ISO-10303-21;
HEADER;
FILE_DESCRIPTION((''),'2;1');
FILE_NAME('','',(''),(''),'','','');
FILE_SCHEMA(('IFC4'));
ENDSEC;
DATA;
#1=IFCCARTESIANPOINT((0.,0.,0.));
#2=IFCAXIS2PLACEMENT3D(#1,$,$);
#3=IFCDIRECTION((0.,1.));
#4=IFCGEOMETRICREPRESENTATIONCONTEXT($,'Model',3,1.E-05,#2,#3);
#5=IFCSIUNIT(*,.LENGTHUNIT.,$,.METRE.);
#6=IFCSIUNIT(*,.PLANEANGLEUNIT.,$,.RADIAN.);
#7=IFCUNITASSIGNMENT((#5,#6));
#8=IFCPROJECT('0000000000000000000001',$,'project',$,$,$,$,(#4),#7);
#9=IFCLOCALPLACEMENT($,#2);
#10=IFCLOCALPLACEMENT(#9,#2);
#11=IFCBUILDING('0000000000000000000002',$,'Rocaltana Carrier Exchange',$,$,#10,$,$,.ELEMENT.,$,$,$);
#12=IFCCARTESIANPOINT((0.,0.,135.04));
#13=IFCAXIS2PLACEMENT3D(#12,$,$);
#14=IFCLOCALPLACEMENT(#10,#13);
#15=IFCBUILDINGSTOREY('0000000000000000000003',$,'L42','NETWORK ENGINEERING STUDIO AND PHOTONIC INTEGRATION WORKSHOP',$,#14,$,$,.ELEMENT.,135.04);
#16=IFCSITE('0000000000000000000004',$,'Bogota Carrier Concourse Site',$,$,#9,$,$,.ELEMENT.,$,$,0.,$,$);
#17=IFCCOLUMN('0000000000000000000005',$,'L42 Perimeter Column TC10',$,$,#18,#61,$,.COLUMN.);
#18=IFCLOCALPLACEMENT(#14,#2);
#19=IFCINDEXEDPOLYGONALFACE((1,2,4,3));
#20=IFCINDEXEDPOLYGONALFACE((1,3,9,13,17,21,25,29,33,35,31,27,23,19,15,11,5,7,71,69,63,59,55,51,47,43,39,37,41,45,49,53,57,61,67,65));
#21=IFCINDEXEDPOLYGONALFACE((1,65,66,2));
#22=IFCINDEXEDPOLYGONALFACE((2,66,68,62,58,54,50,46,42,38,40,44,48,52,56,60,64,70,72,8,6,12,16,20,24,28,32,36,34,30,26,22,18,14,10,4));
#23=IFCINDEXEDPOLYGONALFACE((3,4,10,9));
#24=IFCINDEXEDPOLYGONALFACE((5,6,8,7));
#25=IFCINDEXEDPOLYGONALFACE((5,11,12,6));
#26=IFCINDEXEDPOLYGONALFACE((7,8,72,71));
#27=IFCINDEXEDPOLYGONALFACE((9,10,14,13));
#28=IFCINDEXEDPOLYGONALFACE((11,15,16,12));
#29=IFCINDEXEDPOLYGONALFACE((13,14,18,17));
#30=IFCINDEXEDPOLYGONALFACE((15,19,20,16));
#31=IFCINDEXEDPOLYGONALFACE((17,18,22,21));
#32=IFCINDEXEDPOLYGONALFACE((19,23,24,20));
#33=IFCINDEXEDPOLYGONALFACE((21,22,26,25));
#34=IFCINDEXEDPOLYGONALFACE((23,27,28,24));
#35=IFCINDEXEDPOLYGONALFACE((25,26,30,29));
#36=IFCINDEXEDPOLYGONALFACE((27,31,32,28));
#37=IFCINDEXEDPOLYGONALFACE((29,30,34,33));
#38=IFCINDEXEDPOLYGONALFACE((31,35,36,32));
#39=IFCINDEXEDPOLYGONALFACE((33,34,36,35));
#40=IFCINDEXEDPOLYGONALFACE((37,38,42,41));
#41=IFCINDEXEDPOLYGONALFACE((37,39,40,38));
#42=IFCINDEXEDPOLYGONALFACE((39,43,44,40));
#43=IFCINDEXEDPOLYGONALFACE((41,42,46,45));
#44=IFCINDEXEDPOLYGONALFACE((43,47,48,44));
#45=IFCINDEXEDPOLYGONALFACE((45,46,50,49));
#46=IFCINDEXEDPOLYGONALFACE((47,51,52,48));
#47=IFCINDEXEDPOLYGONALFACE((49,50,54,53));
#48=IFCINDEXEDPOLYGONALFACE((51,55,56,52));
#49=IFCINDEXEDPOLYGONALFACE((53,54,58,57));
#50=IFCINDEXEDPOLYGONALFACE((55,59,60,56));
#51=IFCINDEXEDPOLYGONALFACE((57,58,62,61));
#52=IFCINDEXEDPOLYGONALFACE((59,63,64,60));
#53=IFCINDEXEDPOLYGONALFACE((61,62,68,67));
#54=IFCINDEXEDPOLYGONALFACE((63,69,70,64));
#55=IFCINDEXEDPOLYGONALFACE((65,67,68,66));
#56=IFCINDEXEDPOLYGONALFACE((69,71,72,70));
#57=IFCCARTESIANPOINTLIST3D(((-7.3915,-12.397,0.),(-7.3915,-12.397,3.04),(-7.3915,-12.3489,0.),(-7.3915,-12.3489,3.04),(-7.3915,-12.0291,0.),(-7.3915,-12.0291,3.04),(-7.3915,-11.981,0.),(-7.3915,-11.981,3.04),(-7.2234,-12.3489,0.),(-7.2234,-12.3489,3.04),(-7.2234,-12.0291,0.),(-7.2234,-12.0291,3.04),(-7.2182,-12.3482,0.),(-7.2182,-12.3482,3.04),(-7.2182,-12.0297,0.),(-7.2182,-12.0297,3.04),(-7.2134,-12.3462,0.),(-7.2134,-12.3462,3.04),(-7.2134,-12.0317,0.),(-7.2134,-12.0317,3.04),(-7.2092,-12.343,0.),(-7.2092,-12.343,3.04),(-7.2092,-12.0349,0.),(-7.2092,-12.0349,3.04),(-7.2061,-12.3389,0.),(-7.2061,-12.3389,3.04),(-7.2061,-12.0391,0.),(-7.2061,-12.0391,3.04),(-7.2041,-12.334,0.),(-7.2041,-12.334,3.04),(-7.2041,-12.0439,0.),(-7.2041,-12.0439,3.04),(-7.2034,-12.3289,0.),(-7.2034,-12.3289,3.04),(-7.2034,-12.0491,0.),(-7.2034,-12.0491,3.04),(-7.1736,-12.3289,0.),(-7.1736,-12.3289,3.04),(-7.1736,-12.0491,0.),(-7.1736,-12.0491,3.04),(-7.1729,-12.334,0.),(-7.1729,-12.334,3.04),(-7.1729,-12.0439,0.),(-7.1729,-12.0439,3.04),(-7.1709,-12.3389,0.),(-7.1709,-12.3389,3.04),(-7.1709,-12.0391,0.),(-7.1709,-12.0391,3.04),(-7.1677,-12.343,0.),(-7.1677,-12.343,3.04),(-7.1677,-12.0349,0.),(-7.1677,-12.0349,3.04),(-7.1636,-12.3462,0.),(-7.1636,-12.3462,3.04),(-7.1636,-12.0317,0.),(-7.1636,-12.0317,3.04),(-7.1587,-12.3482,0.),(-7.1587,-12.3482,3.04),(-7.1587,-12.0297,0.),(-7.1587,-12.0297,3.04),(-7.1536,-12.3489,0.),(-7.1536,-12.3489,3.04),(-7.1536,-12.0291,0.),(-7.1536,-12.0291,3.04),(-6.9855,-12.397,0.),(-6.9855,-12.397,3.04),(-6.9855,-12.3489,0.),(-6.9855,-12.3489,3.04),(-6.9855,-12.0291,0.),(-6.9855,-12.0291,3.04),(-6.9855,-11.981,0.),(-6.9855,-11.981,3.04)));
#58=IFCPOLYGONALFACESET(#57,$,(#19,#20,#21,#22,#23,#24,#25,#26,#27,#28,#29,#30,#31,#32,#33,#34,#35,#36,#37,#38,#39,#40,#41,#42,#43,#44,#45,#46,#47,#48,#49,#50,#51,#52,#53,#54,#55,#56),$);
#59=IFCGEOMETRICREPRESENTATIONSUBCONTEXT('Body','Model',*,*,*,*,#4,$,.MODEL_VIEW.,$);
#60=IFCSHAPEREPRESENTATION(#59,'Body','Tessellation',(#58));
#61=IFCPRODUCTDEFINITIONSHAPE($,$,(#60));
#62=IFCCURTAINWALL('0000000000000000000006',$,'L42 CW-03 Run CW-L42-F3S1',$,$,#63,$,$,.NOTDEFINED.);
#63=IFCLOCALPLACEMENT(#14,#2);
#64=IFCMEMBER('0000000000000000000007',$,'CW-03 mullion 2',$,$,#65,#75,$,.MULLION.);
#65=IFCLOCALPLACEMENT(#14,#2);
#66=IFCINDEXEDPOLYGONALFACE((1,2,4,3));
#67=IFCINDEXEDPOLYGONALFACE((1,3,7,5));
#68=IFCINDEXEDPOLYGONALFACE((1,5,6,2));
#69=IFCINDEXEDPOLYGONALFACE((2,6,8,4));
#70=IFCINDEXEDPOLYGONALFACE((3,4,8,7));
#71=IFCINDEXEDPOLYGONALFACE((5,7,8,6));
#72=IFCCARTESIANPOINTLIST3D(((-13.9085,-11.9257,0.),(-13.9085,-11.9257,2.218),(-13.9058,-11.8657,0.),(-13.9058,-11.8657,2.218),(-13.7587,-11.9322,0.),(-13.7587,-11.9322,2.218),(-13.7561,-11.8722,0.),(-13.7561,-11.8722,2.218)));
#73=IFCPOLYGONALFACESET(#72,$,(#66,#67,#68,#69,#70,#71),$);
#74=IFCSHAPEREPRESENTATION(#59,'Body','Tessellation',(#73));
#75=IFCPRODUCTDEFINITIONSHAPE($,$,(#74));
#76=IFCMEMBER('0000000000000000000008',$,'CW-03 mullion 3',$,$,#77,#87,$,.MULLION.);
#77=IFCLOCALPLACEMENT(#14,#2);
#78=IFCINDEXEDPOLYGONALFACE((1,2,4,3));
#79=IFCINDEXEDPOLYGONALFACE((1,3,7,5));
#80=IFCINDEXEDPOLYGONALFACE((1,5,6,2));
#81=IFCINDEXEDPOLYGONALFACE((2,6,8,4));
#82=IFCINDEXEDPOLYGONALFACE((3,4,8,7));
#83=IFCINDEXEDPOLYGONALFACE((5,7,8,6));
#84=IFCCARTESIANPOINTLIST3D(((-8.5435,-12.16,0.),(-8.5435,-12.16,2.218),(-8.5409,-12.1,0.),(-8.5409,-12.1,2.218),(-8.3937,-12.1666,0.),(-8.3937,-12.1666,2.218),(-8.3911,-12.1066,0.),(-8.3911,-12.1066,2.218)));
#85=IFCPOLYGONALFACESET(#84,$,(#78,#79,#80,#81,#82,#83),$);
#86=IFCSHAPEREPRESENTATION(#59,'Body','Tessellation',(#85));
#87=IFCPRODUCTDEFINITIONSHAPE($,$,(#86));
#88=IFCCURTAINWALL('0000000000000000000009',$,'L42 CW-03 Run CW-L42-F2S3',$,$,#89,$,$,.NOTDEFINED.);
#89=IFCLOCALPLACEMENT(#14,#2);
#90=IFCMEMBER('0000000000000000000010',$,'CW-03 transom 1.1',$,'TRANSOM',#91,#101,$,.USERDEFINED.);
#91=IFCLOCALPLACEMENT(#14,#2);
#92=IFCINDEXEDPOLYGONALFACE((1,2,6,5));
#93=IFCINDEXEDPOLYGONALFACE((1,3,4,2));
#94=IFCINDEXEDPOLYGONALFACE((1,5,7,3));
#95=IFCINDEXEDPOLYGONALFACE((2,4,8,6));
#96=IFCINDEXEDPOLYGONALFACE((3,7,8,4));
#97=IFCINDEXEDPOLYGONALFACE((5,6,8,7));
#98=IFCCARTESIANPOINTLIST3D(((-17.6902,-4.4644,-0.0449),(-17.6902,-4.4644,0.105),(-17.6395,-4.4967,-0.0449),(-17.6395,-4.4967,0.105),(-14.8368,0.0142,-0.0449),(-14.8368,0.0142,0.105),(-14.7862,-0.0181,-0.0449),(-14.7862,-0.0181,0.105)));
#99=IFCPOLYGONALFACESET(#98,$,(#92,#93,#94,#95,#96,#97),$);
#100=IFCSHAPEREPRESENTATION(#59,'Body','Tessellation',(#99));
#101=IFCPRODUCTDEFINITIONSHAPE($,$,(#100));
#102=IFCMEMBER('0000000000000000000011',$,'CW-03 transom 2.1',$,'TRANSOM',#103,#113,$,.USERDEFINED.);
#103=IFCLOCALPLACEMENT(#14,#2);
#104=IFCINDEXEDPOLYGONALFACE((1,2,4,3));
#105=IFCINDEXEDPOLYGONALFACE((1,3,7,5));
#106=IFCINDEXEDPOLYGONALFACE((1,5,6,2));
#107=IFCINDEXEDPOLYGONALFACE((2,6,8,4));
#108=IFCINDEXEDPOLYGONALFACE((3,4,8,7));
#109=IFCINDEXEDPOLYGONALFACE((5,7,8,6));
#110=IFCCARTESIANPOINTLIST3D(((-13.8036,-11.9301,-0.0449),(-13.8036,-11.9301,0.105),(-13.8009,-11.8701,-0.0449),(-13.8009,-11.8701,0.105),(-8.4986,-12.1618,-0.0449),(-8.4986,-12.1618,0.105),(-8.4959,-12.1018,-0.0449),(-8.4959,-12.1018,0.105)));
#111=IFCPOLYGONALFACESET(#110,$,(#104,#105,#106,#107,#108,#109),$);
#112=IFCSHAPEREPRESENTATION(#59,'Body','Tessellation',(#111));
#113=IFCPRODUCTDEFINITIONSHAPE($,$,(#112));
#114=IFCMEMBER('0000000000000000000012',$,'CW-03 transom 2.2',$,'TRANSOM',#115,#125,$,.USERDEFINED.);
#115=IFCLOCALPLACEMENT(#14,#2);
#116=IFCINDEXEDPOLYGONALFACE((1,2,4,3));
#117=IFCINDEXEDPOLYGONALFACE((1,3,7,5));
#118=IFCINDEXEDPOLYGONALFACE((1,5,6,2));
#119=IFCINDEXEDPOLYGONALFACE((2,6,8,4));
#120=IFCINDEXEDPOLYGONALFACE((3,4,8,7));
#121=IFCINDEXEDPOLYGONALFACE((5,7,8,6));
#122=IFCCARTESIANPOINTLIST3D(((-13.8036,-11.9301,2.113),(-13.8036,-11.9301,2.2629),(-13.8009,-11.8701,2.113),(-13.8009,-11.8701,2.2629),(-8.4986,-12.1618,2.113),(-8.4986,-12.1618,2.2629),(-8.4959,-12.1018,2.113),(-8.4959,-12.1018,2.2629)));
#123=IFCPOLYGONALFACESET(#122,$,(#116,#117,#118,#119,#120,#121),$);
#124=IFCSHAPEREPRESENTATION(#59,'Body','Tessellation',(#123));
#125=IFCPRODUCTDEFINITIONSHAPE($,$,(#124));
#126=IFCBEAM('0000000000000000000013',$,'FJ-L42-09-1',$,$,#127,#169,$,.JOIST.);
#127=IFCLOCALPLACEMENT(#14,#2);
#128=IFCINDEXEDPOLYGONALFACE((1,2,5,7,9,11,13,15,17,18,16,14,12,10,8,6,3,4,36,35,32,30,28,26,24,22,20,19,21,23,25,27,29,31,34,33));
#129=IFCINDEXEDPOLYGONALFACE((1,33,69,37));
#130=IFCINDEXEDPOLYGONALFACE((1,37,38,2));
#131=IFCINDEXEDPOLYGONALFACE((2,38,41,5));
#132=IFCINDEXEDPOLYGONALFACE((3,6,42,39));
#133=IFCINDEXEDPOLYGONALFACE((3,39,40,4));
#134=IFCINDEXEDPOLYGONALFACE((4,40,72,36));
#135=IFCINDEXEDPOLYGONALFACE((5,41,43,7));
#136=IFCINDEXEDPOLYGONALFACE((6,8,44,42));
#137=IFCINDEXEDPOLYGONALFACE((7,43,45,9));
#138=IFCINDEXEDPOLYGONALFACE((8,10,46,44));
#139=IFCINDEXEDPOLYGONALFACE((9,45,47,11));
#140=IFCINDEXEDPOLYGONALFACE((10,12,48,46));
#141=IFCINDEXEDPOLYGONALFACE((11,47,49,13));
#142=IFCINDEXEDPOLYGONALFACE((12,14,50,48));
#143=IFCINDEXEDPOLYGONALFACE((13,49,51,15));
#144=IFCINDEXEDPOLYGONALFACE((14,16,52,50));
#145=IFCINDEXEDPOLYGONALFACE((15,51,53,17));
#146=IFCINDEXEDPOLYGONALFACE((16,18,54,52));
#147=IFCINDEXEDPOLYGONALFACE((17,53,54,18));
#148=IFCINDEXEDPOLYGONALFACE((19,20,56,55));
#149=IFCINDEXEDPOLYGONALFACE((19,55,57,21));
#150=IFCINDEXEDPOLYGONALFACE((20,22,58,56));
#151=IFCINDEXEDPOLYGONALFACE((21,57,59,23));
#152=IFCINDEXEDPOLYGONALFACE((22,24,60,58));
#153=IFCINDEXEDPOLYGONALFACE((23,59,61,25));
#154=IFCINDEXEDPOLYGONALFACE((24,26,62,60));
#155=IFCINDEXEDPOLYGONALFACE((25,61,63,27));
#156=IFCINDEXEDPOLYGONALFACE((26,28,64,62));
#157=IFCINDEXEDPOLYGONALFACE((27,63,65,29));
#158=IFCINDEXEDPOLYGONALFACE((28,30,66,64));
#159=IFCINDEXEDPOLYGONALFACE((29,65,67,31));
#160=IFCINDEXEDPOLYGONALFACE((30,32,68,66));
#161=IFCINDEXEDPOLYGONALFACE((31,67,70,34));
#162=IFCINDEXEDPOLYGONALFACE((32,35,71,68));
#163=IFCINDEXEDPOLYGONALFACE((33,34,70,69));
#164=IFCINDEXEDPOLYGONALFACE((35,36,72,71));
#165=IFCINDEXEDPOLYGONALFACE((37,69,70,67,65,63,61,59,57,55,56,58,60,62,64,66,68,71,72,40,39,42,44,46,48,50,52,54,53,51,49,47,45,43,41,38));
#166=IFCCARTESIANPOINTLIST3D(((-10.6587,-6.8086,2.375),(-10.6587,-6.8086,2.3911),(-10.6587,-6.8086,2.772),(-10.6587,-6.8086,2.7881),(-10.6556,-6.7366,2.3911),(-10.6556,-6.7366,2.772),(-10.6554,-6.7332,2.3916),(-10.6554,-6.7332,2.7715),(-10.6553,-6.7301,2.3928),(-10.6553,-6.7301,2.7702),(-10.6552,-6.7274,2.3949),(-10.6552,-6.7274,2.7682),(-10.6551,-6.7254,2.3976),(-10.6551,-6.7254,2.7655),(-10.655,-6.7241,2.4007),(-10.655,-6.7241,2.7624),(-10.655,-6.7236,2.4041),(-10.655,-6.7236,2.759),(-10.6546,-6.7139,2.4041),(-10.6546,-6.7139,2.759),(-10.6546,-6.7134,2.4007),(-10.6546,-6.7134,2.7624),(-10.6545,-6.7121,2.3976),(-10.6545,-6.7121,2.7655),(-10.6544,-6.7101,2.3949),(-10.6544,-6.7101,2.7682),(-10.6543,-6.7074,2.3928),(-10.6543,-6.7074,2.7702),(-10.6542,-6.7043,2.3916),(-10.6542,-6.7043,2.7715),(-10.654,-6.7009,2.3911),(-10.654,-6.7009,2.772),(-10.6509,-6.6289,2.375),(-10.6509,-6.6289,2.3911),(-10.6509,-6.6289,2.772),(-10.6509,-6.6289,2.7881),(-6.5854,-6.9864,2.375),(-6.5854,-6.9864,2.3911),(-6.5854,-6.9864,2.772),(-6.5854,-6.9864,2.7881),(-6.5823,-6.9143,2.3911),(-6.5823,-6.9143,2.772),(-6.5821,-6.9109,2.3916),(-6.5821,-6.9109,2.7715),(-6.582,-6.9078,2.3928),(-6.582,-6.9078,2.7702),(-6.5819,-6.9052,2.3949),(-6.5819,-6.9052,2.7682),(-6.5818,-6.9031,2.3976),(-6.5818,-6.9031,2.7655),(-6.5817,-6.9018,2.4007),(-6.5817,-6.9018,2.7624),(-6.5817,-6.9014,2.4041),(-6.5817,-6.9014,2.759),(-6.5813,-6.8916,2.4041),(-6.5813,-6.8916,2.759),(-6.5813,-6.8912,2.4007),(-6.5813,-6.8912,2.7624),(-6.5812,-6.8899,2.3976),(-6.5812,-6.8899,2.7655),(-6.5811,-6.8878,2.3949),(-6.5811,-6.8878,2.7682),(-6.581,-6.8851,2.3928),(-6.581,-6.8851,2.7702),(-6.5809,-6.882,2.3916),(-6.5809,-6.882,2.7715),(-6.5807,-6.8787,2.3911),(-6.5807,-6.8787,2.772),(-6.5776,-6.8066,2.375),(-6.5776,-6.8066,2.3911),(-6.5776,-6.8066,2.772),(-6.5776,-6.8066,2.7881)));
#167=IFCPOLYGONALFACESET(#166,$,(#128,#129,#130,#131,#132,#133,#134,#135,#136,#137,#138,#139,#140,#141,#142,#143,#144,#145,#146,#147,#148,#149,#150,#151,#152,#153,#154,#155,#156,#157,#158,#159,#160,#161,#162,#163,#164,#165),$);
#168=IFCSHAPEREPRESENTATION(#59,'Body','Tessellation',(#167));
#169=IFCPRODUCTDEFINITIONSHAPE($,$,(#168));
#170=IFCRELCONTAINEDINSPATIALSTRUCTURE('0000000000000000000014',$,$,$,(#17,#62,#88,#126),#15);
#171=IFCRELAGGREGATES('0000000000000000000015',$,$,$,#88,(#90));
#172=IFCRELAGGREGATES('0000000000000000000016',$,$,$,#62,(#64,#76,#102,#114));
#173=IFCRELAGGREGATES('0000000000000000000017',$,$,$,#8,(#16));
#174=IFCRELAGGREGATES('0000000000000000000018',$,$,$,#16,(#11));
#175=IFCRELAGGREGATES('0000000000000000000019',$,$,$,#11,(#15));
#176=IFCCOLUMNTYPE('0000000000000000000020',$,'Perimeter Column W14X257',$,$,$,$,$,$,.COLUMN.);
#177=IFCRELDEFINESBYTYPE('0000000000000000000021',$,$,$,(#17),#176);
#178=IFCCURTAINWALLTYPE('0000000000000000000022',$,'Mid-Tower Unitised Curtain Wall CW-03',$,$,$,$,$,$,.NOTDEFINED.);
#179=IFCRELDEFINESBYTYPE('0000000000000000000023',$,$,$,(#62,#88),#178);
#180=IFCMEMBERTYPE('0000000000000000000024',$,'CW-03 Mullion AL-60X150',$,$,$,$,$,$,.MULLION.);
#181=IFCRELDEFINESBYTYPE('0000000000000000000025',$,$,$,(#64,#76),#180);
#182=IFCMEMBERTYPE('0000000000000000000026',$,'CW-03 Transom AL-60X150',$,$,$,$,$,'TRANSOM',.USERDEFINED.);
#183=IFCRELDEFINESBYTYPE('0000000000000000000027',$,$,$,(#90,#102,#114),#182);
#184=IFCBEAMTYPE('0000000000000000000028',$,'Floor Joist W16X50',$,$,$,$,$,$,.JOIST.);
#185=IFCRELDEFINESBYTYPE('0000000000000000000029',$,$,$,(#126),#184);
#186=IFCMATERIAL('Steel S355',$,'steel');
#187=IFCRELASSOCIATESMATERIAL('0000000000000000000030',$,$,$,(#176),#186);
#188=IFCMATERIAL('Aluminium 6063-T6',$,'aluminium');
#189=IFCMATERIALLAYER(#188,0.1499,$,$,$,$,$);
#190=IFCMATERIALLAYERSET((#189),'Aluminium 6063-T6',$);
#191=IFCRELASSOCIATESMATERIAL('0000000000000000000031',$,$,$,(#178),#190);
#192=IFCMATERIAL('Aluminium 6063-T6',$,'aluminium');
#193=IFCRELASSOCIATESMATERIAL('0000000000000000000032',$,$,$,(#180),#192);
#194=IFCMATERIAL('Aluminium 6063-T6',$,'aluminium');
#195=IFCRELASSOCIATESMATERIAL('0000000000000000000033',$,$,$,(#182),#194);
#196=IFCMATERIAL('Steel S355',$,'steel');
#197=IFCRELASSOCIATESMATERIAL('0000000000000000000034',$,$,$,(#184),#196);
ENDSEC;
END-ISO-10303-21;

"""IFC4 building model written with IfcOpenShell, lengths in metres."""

from ifc_helpers import new_model, si_unit, direction, frame, origin, origin_2d, place, context, subcontext, project, spatial, rectangle, i_section, extrude, material, layer, layer_set, material_profile, profile_set, type_object, element, aggregate, save


model = new_model("IFC4")

# Units and contexts
model_context = context("Model", 3, precision=1e-05, world=origin(), true_north=direction((0.0, 1.0)))
body_context = subcontext(model_context, "Body", "Model", "MODEL_VIEW")
ifc_project = project(units=[si_unit("LENGTHUNIT", "METRE"), si_unit("PLANEANGLEUNIT", "RADIAN")], contexts=[model_context])

# Site, building, storey
site_placement = place(None, origin())
site = spatial("IfcSite", under=ifc_project, at=site_placement, Name="Bogota Carrier Concourse Site", CompositionType="ELEMENT", RefElevation=0.0)
building_placement = place(site_placement, origin())
building = spatial("IfcBuilding", under=site, at=building_placement, Name="Rocaltana Carrier Exchange", CompositionType="ELEMENT")
storey_placement = place(building_placement, frame((0.0, 0.0, 135.04)))
storey = spatial("IfcBuildingStorey", under=building, at=storey_placement, Name="L42", Description="NETWORK ENGINEERING STUDIO AND PHOTONIC INTEGRATION WORKSHOP", CompositionType="ELEMENT", Elevation=135.04)

# Column
ifc_material_1 = material(Name="Steel S355", Category="steel")
ifc_material_profile_1 = material_profile(ifc_material_1, i_section(OverallWidth=0.406, OverallDepth=0.416, WebThickness=0.0298, FlangeThickness=0.0481, FilletRadius=0.02, at=origin_2d()), Name="W14X257")
ifc_profile_set_1 = profile_set([ifc_material_profile_1], Name="Steel S355")
column_type = type_object("IfcColumnType", Name="Perimeter Column W14X257", PredefinedType="COLUMN", material=ifc_profile_set_1)
column_placement = place(storey_placement, frame((-7.1885, -12.189, 0.0), z_axis=(0.0, 0.0, 1.0), x_axis=(1.0, 0.0, 0.0)))
element("IfcColumn", 1, at=column_placement, inside=storey, type_object=column_type, Name="L42 Perimeter Column TC10", PredefinedType="COLUMN", context=body_context, shape_type="SweptSolid", body=[
    extrude(i_section(OverallWidth=0.406, OverallDepth=0.416, WebThickness=0.0298, FlangeThickness=0.0481, FilletRadius=0.02, at=origin_2d()), origin(), (0.0, 0.0, 1.0), 3.04),
])

# Curtain wall, members
ifc_material_2 = material(Name="Aluminium 6063-T6", Category="aluminium")
ifc_layer_1 = layer(ifc_material_2, 0.1499)
ifc_layer_set_1 = layer_set([ifc_layer_1], Name="Aluminium 6063-T6")
curtain_wall_type = type_object("IfcCurtainWallType", Name="Mid-Tower Unitised Curtain Wall CW-03", PredefinedType="NOTDEFINED", material=ifc_layer_set_1)
curtain_wall_1_placement = place(storey_placement, origin())
curtain_wall_1 = element("IfcCurtainWall", 2, at=curtain_wall_1_placement, inside=storey, type_object=curtain_wall_type, Name="L42 CW-03 Run CW-L42-F3S1", PredefinedType="NOTDEFINED")
ifc_material_3 = material(Name="Aluminium 6063-T6", Category="aluminium")
ifc_material_profile_2 = material_profile(ifc_material_3, rectangle(XDim=0.0601, YDim=0.1499, at=origin_2d()), Name="AL-60X150")
ifc_profile_set_2 = profile_set([ifc_material_profile_2], Name="Aluminium 6063-T6")
member_type_1 = type_object("IfcMemberType", Name="CW-03 Mullion AL-60X150", PredefinedType="MULLION", material=ifc_profile_set_2)
member_1_placement = place(storey_placement, frame((-13.8323, -11.8989, 0.0), z_axis=(0.0, 0.0, 1.0), x_axis=(0.043629, 0.999048, 0.0)))
member_1 = element("IfcMember", 3, at=member_1_placement, type_object=member_type_1, Name="CW-03 mullion 2", PredefinedType="MULLION", context=body_context, shape_type="SweptSolid", body=[
    extrude(rectangle(XDim=0.0601, YDim=0.1499, at=origin_2d()), origin(), (0.0, 0.0, 1.0), 2.218),
])
member_2_placement = place(storey_placement, frame((-8.4673, -12.1333, 0.0), z_axis=(0.0, 0.0, 1.0), x_axis=(0.043629, 0.999048, 0.0)))
member_2 = element("IfcMember", 4, at=member_2_placement, type_object=member_type_1, Name="CW-03 mullion 3", PredefinedType="MULLION", context=body_context, shape_type="SweptSolid", body=[
    extrude(rectangle(XDim=0.0601, YDim=0.1499, at=origin_2d()), origin(), (0.0, 0.0, 1.0), 2.218),
])

# Curtain wall, member
curtain_wall_2_placement = place(storey_placement, origin())
curtain_wall_2 = element("IfcCurtainWall", 5, at=curtain_wall_2_placement, inside=storey, type_object=curtain_wall_type, Name="L42 CW-03 Run CW-L42-F2S3", PredefinedType="NOTDEFINED")
ifc_material_4 = material(Name="Aluminium 6063-T6", Category="aluminium")
ifc_material_profile_3 = material_profile(ifc_material_4, rectangle(XDim=0.0601, YDim=0.1499, at=origin_2d()), Name="AL-60X150")
ifc_profile_set_3 = profile_set([ifc_material_profile_3], Name="Aluminium 6063-T6")
member_type_2 = type_object("IfcMemberType", Name="CW-03 Transom AL-60X150", ElementType="TRANSOM", PredefinedType="USERDEFINED", material=ifc_profile_set_3)
member_3_placement = place(storey_placement, frame((-14.8115, -0.002, 0.03), z_axis=(-0.537319, -0.843379, 0.0), x_axis=(0.843379, -0.537319, 0.0)))
member_3 = element("IfcMember", 6, at=member_3_placement, type_object=member_type_2, Name="CW-03 transom 1.1", ObjectType="TRANSOM", PredefinedType="USERDEFINED", context=body_context, shape_type="SweptSolid", body=[
    extrude(rectangle(XDim=0.0601, YDim=0.1499, at=origin_2d()), origin(), (0.0, 0.0, 1.0), 5.3103),
])

# Members
member_4_placement = place(storey_placement, frame((-13.8022, -11.9001, 0.03), z_axis=(0.999048, -0.043633, 0.0), x_axis=(0.043633, 0.999048, 0.0)))
member_4 = element("IfcMember", 7, at=member_4_placement, type_object=member_type_2, Name="CW-03 transom 2.1", ObjectType="TRANSOM", PredefinedType="USERDEFINED", context=body_context, shape_type="SweptSolid", body=[
    extrude(rectangle(XDim=0.0601, YDim=0.1499, at=origin_2d()), origin(), (0.0, 0.0, 1.0), 5.3101),
])
member_5_placement = place(storey_placement, frame((-13.8022, -11.9001, 2.188), z_axis=(0.999048, -0.043633, 0.0), x_axis=(0.043633, 0.999048, 0.0)))
member_5 = element("IfcMember", 8, at=member_5_placement, type_object=member_type_2, Name="CW-03 transom 2.2", ObjectType="TRANSOM", PredefinedType="USERDEFINED", context=body_context, shape_type="SweptSolid", body=[
    extrude(rectangle(XDim=0.0601, YDim=0.1499, at=origin_2d()), origin(), (0.0, 0.0, 1.0), 5.3101),
])

# Beam
ifc_material_5 = material(Name="Steel S355", Category="steel")
ifc_material_profile_4 = material_profile(ifc_material_5, i_section(OverallWidth=0.1799, OverallDepth=0.4131, WebThickness=0.0098, FlangeThickness=0.0161, FilletRadius=0.0129, at=origin_2d()), Name="W16X50")
ifc_profile_set_4 = profile_set([ifc_material_profile_4], Name="Steel S355")
beam_type = type_object("IfcBeamType", Name="Floor Joist W16X50", PredefinedType="JOIST", material=ifc_profile_set_4)
beam_1_placement = place(storey_placement, frame((-10.6548, -6.7188, 2.5815), z_axis=(0.999049, -0.043593, 0.0), x_axis=(0.043593, 0.999049, 0.0)))
element("IfcBeam", 9, at=beam_1_placement, inside=storey, type_object=beam_type, Name="FJ-L42-09-1", PredefinedType="JOIST", context=body_context, shape_type="SweptSolid", body=[
    extrude(i_section(OverallWidth=0.1799, OverallDepth=0.4131, WebThickness=0.0098, FlangeThickness=0.0161, FilletRadius=0.0129, at=origin_2d()), origin(), (0.0, 0.0, 1.0), 4.0771),
])

aggregate(curtain_wall_2, [member_3])
aggregate(curtain_wall_1, [member_1, member_2, member_4, member_5])

save(model, "model.ifc")
